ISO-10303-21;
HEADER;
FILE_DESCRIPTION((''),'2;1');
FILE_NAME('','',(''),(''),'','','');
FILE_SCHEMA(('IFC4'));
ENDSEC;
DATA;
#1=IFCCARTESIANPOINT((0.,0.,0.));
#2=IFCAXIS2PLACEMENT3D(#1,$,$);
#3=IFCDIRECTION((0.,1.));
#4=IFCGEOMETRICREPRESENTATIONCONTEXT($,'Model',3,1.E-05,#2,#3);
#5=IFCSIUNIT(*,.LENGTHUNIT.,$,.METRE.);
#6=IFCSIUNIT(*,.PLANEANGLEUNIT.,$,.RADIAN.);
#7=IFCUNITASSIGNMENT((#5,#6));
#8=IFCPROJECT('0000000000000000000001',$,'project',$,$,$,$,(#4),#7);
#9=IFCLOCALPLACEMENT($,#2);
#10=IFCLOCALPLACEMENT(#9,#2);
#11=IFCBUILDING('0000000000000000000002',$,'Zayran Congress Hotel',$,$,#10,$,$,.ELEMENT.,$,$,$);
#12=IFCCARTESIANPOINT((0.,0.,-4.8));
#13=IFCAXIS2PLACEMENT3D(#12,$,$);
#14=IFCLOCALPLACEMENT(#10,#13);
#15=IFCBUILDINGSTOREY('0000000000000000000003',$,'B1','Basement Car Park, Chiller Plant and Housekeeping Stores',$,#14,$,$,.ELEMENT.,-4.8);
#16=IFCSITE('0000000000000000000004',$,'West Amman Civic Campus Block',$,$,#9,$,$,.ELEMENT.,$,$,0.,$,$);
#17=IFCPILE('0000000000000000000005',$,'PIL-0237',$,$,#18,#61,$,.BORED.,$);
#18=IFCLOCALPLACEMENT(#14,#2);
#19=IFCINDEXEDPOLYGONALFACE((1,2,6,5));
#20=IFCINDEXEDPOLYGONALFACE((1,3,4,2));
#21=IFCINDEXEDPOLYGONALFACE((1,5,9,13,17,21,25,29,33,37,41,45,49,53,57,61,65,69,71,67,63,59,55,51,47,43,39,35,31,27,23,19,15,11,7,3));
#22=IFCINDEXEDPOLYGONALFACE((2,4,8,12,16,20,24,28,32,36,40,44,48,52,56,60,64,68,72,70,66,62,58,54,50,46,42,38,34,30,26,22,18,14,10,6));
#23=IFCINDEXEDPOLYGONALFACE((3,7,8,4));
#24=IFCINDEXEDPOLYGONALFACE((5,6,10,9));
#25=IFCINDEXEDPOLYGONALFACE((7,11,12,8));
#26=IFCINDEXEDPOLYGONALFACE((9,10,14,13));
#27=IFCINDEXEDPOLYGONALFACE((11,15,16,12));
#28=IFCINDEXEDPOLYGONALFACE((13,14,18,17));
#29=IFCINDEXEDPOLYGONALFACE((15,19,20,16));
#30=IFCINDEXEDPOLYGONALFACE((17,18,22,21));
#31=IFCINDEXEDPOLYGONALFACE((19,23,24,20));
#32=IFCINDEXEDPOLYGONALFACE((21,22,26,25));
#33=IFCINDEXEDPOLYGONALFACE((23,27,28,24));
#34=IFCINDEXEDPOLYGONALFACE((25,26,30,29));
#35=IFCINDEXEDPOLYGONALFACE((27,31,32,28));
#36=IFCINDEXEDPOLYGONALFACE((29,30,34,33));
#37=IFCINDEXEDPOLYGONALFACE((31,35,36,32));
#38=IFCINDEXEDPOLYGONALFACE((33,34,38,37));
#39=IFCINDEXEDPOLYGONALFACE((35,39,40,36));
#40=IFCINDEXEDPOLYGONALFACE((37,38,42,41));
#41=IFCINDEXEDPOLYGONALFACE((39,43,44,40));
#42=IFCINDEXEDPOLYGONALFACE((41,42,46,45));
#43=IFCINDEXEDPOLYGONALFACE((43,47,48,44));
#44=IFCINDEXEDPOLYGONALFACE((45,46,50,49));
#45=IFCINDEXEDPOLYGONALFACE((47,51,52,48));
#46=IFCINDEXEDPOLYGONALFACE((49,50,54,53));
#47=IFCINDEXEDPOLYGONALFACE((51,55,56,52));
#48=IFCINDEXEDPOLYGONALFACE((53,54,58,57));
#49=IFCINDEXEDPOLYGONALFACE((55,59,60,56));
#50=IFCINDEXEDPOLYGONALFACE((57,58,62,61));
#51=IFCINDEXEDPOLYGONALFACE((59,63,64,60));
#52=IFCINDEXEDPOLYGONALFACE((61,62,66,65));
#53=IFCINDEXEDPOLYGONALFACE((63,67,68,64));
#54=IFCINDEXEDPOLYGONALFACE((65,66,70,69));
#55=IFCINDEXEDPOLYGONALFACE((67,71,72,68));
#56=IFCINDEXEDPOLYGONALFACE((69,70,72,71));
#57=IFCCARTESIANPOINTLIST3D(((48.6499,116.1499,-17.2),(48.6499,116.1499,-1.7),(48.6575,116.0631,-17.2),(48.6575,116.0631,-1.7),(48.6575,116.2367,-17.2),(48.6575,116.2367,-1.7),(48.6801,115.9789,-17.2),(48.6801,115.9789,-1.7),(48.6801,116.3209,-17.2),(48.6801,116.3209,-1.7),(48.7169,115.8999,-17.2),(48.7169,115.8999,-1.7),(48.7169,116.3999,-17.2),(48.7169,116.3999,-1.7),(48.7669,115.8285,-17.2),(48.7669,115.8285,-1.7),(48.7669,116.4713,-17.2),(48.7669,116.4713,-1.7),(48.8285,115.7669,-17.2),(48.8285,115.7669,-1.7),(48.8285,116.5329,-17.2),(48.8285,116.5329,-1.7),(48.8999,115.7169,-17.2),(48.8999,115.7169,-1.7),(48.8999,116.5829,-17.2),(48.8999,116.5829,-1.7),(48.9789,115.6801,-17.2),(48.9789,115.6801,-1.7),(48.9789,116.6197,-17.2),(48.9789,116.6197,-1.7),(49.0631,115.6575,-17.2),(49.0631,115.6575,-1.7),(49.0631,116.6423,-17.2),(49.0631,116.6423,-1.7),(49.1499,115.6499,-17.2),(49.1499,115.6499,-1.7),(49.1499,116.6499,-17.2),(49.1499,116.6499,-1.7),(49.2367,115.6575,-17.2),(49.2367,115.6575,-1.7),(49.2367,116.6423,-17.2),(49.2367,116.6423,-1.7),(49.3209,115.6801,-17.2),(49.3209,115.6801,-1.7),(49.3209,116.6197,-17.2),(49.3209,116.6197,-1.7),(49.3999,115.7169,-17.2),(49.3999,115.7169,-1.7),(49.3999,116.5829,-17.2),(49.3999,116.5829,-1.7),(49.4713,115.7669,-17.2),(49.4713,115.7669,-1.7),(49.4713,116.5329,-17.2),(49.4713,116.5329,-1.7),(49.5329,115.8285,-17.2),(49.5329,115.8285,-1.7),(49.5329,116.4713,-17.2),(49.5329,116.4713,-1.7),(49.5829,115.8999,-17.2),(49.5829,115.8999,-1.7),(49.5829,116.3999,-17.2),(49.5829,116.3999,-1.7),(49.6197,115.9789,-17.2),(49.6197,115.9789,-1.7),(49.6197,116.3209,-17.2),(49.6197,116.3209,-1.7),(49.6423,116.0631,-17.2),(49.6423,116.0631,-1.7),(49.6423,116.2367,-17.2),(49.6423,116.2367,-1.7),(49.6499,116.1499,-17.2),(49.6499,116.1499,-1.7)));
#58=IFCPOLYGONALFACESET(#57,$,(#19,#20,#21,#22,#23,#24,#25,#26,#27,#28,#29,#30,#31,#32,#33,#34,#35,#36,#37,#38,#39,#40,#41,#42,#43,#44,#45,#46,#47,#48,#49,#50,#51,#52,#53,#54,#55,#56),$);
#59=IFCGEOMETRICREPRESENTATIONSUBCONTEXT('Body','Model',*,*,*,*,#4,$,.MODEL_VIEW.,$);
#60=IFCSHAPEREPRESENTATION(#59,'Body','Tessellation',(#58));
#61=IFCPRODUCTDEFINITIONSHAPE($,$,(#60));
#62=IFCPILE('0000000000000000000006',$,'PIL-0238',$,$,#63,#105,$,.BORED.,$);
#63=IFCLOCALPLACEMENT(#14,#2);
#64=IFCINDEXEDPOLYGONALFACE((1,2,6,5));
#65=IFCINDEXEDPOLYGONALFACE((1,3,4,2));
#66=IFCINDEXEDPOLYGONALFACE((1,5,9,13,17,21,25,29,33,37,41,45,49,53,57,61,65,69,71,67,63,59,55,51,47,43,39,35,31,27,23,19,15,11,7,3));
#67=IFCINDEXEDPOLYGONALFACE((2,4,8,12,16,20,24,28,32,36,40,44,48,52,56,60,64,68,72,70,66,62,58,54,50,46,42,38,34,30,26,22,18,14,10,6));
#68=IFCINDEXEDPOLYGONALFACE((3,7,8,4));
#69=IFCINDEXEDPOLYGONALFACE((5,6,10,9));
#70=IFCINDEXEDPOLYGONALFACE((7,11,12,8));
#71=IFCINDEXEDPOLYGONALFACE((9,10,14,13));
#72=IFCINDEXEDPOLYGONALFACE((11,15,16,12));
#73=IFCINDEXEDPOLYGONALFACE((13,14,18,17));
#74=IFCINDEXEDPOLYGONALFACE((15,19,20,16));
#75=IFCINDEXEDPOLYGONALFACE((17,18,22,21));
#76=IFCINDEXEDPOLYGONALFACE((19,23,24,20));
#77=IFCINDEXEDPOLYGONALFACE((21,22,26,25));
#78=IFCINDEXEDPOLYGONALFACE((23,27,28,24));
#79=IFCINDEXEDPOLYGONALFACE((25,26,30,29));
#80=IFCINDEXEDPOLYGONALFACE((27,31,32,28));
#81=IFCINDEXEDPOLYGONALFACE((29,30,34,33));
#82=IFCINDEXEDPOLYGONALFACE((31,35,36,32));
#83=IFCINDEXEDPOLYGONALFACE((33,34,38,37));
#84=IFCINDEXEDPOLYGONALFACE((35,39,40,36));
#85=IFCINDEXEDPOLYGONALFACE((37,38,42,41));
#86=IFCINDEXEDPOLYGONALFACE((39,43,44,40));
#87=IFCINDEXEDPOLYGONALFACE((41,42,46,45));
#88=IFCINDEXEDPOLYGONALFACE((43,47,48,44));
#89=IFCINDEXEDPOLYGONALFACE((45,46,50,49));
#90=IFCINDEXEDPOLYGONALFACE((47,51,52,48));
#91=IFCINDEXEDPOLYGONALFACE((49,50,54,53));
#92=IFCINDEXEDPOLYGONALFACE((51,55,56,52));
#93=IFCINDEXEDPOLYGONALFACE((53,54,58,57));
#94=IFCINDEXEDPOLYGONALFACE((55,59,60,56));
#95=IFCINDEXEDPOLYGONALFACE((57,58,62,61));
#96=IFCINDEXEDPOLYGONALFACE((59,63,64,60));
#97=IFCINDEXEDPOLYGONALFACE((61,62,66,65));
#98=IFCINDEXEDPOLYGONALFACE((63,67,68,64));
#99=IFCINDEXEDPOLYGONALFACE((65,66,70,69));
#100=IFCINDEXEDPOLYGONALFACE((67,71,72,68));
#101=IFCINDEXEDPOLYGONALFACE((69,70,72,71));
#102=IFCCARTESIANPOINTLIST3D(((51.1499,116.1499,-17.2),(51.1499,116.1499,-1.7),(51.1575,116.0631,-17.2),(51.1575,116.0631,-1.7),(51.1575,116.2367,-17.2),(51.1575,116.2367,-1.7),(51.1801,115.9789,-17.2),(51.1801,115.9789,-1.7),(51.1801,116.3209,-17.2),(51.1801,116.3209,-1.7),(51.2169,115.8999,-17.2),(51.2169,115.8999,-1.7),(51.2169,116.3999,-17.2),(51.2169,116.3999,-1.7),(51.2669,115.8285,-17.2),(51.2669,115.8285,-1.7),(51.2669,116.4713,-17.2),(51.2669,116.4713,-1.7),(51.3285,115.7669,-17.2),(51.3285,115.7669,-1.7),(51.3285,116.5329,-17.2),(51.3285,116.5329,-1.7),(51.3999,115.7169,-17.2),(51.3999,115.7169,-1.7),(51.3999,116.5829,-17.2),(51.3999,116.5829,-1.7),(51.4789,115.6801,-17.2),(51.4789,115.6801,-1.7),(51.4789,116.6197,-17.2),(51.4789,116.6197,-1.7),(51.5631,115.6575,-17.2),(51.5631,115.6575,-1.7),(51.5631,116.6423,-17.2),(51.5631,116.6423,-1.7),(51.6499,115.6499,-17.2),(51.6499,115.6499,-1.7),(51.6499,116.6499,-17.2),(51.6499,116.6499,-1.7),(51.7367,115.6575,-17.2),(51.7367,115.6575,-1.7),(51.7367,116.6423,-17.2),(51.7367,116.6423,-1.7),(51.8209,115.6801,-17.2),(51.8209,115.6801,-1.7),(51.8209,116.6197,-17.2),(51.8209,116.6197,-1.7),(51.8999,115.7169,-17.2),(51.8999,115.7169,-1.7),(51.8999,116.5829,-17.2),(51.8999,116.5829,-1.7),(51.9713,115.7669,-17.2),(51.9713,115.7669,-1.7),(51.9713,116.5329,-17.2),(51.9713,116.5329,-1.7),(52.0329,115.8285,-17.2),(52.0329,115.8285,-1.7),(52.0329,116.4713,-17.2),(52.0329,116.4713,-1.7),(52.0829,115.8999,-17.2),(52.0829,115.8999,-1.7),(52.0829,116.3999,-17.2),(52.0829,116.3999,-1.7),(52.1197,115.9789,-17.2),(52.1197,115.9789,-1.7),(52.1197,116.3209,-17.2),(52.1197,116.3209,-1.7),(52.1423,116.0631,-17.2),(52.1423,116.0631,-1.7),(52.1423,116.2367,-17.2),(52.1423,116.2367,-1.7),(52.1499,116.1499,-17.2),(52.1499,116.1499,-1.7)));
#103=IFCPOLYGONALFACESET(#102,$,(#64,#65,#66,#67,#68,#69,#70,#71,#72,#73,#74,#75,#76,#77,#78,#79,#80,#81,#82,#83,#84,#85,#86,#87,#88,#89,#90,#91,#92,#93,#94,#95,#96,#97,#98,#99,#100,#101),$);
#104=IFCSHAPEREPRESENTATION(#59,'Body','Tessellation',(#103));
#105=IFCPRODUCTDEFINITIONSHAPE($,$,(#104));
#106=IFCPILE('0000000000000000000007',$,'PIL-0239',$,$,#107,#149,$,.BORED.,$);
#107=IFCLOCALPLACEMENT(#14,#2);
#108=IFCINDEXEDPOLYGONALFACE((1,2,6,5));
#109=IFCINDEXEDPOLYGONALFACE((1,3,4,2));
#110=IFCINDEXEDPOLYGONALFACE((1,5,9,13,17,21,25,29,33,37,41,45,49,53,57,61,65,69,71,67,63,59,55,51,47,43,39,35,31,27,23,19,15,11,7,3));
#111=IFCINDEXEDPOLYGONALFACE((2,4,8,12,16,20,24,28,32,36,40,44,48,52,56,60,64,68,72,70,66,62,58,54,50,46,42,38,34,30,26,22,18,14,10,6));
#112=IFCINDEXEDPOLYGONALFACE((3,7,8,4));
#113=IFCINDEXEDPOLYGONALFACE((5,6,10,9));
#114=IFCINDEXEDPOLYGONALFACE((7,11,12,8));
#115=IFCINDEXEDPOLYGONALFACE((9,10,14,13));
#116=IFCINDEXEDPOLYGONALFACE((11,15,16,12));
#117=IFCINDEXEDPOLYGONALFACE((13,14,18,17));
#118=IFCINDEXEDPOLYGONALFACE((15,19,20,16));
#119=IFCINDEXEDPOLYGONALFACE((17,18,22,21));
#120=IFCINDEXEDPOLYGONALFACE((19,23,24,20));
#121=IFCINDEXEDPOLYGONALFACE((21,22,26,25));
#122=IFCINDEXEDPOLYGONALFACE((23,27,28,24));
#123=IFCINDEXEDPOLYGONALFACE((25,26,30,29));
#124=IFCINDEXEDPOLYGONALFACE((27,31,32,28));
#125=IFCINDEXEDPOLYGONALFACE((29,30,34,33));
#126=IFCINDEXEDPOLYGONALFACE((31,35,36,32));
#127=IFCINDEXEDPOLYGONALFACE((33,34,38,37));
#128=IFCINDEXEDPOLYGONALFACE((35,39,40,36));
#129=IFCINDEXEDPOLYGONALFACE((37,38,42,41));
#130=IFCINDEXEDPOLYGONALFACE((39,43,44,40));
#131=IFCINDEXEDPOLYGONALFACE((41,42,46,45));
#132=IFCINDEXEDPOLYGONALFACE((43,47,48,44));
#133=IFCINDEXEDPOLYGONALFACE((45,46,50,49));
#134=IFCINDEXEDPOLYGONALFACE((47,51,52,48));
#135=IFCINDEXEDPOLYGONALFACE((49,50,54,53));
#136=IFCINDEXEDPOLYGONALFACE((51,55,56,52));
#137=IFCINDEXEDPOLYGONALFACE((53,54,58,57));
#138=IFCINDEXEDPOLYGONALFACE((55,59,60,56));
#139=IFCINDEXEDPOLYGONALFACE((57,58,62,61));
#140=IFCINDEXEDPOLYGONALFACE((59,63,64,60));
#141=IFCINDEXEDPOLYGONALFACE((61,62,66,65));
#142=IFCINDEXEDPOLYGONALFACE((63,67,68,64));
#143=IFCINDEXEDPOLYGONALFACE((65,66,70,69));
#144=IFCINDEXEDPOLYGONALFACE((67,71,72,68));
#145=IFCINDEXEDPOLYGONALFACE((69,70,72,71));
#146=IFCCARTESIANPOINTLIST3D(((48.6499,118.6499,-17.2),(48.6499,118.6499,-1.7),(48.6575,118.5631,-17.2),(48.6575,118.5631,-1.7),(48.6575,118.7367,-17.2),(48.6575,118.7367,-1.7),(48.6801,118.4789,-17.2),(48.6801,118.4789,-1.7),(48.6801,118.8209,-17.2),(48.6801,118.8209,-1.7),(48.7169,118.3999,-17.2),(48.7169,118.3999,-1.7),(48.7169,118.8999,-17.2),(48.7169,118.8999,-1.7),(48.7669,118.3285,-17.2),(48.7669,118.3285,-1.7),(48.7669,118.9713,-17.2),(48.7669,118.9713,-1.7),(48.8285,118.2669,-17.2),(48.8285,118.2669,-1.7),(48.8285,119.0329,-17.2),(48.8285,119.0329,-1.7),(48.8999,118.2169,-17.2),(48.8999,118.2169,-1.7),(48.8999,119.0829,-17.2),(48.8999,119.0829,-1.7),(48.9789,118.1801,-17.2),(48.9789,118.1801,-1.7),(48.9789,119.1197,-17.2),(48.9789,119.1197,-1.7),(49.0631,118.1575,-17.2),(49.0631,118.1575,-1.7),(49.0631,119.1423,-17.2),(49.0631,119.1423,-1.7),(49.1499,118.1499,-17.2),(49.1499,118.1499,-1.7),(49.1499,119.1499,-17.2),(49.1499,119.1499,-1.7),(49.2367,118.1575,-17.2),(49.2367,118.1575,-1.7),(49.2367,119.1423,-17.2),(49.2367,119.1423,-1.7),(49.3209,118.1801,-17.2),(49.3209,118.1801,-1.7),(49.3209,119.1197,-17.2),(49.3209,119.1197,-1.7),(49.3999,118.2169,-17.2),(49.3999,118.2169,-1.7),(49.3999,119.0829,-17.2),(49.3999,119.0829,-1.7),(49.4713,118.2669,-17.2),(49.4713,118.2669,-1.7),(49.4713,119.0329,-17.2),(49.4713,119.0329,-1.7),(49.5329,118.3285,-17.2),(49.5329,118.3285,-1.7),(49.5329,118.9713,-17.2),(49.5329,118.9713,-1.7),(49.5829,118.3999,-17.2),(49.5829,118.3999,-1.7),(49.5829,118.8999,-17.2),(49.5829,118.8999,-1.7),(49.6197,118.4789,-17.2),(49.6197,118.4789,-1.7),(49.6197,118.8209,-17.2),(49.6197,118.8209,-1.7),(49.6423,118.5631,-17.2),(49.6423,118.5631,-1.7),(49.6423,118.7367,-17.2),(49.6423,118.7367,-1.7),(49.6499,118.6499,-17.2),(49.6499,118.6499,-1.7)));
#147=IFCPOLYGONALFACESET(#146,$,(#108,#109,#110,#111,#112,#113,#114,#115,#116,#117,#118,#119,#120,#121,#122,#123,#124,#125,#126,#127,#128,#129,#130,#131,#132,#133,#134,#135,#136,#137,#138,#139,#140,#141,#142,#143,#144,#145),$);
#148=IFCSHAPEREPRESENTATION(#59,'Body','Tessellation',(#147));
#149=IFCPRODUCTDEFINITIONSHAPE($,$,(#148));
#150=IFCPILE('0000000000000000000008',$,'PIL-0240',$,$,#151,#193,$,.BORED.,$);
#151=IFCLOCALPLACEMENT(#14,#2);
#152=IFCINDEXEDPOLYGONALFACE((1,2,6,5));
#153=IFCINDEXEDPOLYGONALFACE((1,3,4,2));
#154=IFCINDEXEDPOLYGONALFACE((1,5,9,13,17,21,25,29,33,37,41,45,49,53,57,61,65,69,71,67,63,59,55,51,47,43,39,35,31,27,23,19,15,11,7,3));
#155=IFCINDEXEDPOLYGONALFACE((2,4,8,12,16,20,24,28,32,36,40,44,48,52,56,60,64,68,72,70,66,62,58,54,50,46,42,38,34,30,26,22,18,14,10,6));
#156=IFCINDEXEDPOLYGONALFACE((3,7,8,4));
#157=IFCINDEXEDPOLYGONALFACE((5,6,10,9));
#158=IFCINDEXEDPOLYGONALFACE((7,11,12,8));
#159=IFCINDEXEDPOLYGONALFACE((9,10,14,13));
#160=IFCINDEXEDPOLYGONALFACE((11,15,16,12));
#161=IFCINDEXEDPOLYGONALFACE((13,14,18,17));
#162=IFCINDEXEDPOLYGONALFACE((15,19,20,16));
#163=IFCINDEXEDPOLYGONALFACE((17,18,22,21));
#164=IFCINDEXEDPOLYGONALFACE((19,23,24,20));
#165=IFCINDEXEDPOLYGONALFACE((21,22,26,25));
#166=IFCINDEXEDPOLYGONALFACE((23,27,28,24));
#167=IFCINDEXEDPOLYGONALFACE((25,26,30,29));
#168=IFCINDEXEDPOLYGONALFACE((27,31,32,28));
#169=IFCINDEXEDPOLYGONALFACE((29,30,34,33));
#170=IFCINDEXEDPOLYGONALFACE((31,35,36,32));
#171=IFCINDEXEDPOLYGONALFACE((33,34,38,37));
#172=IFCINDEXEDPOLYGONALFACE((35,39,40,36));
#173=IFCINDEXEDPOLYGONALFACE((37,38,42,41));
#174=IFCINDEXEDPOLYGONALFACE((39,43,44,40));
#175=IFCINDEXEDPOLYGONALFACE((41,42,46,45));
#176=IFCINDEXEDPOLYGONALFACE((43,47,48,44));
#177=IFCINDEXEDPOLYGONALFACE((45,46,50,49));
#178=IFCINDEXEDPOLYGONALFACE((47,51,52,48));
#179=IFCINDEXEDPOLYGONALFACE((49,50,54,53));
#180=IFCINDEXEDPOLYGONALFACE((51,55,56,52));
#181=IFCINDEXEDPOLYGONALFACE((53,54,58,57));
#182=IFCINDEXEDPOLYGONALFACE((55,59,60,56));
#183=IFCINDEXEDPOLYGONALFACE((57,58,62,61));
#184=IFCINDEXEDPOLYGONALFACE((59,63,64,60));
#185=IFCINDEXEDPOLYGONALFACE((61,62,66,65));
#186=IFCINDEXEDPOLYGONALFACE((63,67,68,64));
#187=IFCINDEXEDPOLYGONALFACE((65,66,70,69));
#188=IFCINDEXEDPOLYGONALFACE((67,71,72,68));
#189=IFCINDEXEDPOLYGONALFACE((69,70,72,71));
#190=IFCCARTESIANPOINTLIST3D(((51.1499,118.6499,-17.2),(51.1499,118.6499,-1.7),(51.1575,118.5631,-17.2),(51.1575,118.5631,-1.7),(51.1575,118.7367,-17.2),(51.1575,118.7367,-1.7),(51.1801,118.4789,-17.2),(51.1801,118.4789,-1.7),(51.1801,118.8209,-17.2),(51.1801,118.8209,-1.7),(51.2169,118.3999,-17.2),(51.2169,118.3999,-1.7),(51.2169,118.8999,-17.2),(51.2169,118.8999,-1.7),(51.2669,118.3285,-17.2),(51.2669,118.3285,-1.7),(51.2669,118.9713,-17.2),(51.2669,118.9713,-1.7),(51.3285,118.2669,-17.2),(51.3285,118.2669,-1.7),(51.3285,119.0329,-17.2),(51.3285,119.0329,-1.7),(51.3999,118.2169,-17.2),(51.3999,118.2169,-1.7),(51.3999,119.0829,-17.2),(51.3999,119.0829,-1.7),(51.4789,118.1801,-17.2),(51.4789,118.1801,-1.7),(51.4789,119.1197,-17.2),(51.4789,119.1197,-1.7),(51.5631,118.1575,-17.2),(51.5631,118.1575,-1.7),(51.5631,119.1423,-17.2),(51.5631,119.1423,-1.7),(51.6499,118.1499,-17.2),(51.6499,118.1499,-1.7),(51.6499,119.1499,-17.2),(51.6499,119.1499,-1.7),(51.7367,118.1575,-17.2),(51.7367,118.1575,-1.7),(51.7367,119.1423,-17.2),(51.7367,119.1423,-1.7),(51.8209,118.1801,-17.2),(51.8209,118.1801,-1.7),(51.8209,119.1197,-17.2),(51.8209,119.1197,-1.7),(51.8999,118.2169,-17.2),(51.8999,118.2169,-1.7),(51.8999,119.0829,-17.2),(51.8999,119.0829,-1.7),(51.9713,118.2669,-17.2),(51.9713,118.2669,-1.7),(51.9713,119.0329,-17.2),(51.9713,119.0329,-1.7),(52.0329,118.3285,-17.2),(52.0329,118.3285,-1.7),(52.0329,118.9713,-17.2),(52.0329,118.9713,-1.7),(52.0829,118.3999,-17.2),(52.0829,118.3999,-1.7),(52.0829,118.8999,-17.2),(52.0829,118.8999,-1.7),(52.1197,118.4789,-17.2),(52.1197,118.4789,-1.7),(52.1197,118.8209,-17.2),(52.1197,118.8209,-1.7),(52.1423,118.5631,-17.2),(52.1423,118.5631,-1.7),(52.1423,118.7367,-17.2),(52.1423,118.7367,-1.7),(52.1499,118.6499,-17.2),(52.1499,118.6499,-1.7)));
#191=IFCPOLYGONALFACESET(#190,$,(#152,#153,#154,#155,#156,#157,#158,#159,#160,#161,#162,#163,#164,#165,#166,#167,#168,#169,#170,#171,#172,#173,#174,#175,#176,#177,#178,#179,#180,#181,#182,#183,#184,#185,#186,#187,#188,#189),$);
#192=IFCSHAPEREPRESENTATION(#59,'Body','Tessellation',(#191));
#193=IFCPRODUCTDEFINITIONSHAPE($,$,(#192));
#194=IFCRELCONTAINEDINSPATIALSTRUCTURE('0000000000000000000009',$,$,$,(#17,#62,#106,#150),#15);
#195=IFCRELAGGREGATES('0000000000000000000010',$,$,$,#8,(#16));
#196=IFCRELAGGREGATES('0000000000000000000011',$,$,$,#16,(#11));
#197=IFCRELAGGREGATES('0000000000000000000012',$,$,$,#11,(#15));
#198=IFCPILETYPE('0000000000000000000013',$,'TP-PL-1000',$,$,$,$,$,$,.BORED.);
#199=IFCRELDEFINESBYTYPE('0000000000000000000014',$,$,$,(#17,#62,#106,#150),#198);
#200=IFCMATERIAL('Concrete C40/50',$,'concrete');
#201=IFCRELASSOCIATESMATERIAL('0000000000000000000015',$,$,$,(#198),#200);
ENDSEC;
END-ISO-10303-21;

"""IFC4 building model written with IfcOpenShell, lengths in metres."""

from ifc_helpers import new_model, si_unit, direction, frame, origin, origin_2d, place, context, subcontext, project, spatial, circle, extrude, material, material_profile, profile_set, type_object, element, save


model = new_model("IFC4")

# Units and contexts
model_context = context("Model", 3, precision=1e-05, world=origin(), true_north=direction((0.0, 1.0)))
body_context = subcontext(model_context, "Body", "Model", "MODEL_VIEW")
ifc_project = project(units=[si_unit("LENGTHUNIT", "METRE"), si_unit("PLANEANGLEUNIT", "RADIAN")], contexts=[model_context])

# Site, building, storey
site_placement = place(None, origin())
site = spatial("IfcSite", under=ifc_project, at=site_placement, Name="West Amman Civic Campus Block", CompositionType="ELEMENT", RefElevation=0.0)
building_placement = place(site_placement, origin())
building = spatial("IfcBuilding", under=site, at=building_placement, Name="Zayran Congress Hotel", CompositionType="ELEMENT")
storey_placement = place(building_placement, frame((0.0, 0.0, -4.8)))
storey = spatial("IfcBuildingStorey", under=building, at=storey_placement, Name="B1", Description="Basement Car Park, Chiller Plant and Housekeeping Stores", CompositionType="ELEMENT", Elevation=-4.8)

# Piles
ifc_material = material(Name="Concrete C40/50", Category="concrete")
ifc_material_profile_1 = material_profile(ifc_material, circle(Radius=0.5, at=origin_2d()), Name="PILE D1000")
ifc_profile_set_1 = profile_set([ifc_material_profile_1], Name="Concrete C40/50")
pile_type = type_object("IfcPileType", Name="TP-PL-1000", PredefinedType="BORED", material=ifc_profile_set_1)
for number, where, z_axis, x_axis, name in (
    (1, (49.1499, 116.1499, -1.7), (0.0, 0.0, -1.0), (1.0, 0.0, 0.0), "PIL-0237"),
    (2, (51.6499, 116.1499, -1.7), (0.0, 0.0, -1.0), (1.0, 0.0, 0.0), "PIL-0238"),
    (3, (49.1499, 118.6499, -1.7), (0.0, 0.0, -1.0), (1.0, 0.0, 0.0), "PIL-0239"),
    (4, (51.6499, 118.6499, -1.7), (0.0, 0.0, -1.0), (1.0, 0.0, 0.0), "PIL-0240"),
):
    element("IfcPile", number, at=place(storey_placement, frame(where, z_axis=z_axis, x_axis=x_axis)), inside=storey, type_object=pile_type, Name=name, PredefinedType="BORED", context=body_context, shape_type="SweptSolid", body=[
        extrude(circle(Radius=0.5, at=origin_2d()), origin(), (0.0, 0.0, 1.0), 15.5),
    ])

save(model, "model.ifc")
